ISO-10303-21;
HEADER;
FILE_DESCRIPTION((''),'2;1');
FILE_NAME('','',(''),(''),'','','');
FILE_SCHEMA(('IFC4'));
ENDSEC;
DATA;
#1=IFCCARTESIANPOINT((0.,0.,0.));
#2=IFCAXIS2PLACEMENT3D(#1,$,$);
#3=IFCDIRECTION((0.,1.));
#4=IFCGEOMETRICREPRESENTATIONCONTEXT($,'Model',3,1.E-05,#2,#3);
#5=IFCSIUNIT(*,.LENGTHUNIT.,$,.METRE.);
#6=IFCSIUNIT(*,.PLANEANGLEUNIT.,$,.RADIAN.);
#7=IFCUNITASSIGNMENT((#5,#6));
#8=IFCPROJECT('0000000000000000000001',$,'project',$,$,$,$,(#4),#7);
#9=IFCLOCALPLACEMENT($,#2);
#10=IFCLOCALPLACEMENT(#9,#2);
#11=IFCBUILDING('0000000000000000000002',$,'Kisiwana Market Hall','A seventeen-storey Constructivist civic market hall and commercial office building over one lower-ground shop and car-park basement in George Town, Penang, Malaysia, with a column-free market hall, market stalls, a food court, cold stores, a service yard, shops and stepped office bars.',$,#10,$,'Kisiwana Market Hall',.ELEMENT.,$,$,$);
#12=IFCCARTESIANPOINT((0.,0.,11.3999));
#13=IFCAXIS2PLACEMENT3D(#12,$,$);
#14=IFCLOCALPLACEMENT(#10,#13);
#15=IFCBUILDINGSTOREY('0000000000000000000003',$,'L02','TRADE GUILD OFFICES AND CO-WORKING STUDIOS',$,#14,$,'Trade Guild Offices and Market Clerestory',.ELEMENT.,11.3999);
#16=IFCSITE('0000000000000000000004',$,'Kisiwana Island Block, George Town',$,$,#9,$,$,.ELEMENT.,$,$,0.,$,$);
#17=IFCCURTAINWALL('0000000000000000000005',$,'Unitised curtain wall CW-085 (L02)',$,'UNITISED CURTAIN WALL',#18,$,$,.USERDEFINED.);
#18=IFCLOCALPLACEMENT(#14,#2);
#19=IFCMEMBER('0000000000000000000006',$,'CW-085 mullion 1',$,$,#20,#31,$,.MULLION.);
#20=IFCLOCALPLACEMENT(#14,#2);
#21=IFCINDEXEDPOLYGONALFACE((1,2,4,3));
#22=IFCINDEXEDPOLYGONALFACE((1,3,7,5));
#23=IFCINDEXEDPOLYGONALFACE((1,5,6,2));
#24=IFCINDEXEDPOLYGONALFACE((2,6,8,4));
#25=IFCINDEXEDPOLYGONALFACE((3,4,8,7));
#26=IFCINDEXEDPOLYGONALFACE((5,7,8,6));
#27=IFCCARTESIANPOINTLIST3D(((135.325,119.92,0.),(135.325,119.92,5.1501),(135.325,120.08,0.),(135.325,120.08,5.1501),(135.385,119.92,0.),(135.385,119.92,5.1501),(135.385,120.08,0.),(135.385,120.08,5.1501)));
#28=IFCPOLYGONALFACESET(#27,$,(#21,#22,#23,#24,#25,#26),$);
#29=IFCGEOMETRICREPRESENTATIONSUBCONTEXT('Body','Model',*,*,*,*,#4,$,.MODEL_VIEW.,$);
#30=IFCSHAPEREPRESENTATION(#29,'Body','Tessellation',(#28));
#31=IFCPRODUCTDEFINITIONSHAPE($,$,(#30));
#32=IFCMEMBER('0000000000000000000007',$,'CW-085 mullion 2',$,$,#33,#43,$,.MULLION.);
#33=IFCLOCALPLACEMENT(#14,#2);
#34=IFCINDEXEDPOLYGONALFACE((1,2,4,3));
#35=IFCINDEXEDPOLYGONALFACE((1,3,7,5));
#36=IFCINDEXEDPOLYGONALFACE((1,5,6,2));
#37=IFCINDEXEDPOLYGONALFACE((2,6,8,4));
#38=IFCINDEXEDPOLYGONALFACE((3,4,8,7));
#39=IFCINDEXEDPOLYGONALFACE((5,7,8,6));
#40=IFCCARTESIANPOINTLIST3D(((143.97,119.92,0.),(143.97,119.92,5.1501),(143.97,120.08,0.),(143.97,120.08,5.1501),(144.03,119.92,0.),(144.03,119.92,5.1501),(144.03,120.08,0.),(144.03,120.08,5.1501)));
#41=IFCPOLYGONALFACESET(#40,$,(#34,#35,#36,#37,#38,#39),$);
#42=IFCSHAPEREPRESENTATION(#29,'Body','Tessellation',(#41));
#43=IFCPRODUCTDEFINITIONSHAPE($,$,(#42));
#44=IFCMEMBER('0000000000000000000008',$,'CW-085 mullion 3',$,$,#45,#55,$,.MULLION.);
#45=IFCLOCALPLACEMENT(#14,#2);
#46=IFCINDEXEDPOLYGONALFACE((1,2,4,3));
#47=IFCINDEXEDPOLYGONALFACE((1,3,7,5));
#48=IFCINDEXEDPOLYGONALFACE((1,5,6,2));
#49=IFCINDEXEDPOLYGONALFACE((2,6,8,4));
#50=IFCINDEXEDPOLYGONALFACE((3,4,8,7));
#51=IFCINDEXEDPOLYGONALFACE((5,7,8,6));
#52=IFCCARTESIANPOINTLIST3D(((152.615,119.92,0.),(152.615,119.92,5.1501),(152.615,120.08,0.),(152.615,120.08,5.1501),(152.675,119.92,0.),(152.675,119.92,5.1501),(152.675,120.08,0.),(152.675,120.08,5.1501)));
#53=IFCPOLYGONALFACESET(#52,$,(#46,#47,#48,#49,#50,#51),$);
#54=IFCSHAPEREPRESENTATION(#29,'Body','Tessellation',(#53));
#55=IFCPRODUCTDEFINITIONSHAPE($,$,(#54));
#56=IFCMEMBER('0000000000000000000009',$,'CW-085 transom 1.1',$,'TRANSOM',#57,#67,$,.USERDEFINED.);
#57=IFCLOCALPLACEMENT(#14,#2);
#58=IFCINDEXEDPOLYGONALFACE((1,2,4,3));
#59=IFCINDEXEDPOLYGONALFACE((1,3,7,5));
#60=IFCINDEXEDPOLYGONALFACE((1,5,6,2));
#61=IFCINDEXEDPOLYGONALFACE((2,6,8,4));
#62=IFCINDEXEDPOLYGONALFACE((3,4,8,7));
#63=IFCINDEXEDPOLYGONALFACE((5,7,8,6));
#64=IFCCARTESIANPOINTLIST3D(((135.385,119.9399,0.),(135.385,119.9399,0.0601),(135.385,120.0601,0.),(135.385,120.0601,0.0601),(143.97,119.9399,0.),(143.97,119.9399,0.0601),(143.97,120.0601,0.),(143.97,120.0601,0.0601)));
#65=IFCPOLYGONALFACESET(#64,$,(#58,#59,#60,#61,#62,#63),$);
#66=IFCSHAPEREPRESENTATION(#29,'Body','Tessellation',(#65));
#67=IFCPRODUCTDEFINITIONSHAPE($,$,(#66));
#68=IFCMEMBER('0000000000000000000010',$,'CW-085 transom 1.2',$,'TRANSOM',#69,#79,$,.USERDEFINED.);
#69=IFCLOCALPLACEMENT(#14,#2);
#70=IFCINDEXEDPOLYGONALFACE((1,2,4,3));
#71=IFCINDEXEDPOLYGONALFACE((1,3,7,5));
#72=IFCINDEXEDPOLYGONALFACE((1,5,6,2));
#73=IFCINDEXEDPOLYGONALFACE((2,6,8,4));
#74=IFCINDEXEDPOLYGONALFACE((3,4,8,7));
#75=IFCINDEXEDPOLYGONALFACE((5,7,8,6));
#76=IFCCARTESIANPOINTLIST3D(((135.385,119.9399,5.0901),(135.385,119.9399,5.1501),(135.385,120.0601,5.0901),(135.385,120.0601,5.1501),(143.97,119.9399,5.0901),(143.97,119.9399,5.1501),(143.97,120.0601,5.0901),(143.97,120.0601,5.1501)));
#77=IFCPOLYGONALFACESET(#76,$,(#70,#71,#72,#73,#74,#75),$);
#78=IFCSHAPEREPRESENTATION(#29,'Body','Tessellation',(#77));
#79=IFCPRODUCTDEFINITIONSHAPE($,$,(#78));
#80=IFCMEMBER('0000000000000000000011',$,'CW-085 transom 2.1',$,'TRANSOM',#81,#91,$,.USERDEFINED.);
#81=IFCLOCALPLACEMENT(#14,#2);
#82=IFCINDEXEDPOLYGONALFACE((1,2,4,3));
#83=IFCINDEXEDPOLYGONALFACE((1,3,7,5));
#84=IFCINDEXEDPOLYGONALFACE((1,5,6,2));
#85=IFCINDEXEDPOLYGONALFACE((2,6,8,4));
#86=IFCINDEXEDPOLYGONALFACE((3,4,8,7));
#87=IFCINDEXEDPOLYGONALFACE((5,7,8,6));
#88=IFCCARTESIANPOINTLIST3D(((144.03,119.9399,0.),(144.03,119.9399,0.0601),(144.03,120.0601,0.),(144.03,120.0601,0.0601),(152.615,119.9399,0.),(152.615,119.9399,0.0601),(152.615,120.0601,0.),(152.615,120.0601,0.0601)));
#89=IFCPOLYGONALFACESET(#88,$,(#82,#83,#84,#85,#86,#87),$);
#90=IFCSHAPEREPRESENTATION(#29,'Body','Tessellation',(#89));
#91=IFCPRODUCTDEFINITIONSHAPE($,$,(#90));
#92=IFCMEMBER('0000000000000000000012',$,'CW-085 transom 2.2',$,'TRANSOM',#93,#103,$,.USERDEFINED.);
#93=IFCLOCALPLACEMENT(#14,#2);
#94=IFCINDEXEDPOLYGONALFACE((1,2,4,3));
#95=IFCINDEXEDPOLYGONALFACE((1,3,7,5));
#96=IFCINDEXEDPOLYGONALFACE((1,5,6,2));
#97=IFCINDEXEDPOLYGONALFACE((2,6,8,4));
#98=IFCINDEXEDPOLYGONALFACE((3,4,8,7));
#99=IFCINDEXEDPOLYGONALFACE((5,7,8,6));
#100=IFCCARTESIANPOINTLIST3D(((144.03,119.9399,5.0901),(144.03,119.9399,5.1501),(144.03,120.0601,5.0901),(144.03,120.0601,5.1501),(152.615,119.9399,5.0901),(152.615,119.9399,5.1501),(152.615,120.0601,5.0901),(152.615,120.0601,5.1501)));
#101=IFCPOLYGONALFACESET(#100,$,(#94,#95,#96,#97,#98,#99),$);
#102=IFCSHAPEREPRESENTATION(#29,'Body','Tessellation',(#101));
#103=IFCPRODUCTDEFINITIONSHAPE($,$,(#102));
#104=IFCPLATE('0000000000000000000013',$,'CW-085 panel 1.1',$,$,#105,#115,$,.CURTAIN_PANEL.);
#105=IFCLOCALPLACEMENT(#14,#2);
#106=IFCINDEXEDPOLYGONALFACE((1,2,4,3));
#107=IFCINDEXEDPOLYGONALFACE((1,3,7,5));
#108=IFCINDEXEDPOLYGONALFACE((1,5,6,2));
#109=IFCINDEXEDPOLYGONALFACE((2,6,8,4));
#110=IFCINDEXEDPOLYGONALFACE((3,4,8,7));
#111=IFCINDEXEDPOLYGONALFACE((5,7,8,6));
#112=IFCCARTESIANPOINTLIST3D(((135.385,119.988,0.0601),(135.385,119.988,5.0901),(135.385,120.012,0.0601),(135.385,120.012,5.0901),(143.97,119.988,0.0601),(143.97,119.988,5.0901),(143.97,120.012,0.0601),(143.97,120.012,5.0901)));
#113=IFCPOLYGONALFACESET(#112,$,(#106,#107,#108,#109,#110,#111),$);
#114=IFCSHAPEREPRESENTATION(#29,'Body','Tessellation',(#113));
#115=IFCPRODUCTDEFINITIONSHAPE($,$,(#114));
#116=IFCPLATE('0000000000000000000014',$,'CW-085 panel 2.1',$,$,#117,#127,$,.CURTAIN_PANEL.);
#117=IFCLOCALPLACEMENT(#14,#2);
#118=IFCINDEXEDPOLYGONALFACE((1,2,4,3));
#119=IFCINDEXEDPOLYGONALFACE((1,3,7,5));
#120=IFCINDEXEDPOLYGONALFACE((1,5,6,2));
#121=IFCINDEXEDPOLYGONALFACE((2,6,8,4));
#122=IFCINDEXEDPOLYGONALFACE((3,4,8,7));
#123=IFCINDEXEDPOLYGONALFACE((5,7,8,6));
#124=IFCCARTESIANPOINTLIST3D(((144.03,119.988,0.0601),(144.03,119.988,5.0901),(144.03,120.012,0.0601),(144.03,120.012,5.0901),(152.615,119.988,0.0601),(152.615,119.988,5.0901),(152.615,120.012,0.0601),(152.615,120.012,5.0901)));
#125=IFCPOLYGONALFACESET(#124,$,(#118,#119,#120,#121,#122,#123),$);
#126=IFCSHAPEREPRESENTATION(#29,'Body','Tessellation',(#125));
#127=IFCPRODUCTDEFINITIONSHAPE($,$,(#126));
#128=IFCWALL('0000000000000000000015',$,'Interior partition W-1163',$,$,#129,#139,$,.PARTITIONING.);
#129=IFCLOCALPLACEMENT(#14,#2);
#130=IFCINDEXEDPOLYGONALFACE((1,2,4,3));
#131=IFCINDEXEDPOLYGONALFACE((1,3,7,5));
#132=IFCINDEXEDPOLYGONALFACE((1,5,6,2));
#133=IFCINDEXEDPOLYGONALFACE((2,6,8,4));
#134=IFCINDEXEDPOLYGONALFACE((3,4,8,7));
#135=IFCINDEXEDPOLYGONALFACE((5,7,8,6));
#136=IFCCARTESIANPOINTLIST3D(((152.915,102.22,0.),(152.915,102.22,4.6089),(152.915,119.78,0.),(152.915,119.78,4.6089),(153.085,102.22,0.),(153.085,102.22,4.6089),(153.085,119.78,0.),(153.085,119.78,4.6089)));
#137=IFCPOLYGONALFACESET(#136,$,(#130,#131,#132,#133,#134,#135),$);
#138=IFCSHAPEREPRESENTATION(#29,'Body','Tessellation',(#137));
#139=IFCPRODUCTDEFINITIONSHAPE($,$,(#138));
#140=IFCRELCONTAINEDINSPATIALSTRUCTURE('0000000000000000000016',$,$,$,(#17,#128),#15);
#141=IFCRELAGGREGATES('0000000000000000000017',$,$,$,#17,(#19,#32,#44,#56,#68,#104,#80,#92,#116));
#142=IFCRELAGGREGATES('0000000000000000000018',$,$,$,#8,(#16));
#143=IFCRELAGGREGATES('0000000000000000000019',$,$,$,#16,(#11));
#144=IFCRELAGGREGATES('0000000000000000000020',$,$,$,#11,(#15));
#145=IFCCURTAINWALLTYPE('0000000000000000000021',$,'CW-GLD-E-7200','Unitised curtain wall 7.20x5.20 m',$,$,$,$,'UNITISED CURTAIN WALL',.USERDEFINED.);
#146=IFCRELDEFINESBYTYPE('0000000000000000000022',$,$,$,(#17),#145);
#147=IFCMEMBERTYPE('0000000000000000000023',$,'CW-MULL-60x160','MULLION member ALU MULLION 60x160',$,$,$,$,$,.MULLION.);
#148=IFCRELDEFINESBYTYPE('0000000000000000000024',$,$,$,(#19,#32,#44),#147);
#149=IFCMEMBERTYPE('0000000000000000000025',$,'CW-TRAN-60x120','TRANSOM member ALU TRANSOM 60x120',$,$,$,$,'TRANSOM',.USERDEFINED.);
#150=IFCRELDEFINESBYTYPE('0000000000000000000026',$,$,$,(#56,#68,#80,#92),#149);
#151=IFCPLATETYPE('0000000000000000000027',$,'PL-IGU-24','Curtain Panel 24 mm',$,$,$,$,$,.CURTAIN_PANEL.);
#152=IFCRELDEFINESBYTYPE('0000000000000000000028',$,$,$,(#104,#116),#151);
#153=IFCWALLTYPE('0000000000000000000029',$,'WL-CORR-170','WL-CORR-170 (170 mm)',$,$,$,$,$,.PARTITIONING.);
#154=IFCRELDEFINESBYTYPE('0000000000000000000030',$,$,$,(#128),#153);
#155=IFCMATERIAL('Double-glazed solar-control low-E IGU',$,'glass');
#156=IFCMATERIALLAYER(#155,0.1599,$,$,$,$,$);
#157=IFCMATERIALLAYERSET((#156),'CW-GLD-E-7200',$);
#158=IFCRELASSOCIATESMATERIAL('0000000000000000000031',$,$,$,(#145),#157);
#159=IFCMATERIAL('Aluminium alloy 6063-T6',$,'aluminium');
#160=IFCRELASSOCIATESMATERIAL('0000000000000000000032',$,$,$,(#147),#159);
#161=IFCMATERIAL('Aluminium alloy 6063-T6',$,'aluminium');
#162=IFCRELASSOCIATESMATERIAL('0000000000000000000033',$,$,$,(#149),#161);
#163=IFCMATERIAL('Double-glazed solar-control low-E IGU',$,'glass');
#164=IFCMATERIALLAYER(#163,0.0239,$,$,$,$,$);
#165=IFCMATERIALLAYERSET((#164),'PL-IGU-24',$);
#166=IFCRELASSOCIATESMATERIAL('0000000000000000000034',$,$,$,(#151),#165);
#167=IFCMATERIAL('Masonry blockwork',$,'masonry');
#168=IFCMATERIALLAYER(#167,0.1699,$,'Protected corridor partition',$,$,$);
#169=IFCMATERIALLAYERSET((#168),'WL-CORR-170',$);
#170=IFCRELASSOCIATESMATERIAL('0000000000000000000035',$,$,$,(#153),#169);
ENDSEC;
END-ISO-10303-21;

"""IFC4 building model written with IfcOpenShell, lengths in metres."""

from ifc_helpers import new_model, si_unit, direction, frame, frame_2d, origin, origin_2d, place, context, subcontext, project, spatial, rectangle, extrude, material, layer, layer_set, material_profile, profile_set, type_object, element, aggregate, save


model = new_model("IFC4")

# Units and contexts
model_context = context("Model", 3, precision=1e-05, world=origin(), true_north=direction((0.0, 1.0)))
body_context = subcontext(model_context, "Body", "Model", "MODEL_VIEW")
ifc_project = project(units=[si_unit("LENGTHUNIT", "METRE"), si_unit("PLANEANGLEUNIT", "RADIAN")], contexts=[model_context])

# Site, building, storey
site_placement = place(None, origin())
site = spatial("IfcSite", under=ifc_project, at=site_placement, Name="Kisiwana Island Block, George Town", CompositionType="ELEMENT", RefElevation=0.0)
building_placement = place(site_placement, origin())
building = spatial("IfcBuilding", under=site, at=building_placement, Name="Kisiwana Market Hall", Description="A seventeen-storey Constructivist civic market hall and commercial office building over one lower-ground shop and car-park basement in George Town, Penang, Malaysia, with a column-free market hall, market stalls, a food court, cold stores, a service yard, shops and stepped office bars.", LongName="Kisiwana Market Hall", CompositionType="ELEMENT")
storey_placement = place(building_placement, frame((0.0, 0.0, 11.3999)))
storey = spatial("IfcBuildingStorey", under=building, at=storey_placement, Name="L02", Description="TRADE GUILD OFFICES AND CO-WORKING STUDIOS", LongName="Trade Guild Offices and Market Clerestory", CompositionType="ELEMENT", Elevation=11.3999)

# Curtain wall, members, plates
ifc_material_1 = material(Name="Double-glazed solar-control low-E IGU", Category="glass")
ifc_layer_1 = layer(ifc_material_1, 0.1599)
ifc_layer_set_1 = layer_set([ifc_layer_1], Name="CW-GLD-E-7200")
curtain_wall_type = type_object("IfcCurtainWallType", Name="CW-GLD-E-7200", Description="Unitised curtain wall 7.20x5.20 m", ElementType="UNITISED CURTAIN WALL", PredefinedType="USERDEFINED", material=ifc_layer_set_1)
curtain_wall_placement = place(storey_placement, origin())
curtain_wall = element("IfcCurtainWall", 1, at=curtain_wall_placement, inside=storey, type_object=curtain_wall_type, Name="Unitised curtain wall CW-085 (L02)", ObjectType="UNITISED CURTAIN WALL", PredefinedType="USERDEFINED")
ifc_material_2 = material(Name="Aluminium alloy 6063-T6", Category="aluminium")
ifc_material_profile_1 = material_profile(ifc_material_2, rectangle(XDim=0.0601, YDim=0.1599, at=origin_2d()), Name="ALU MULLION 60x160")
ifc_profile_set_1 = profile_set([ifc_material_profile_1], Name="Aluminium alloy 6063-T6")
member_type_1 = type_object("IfcMemberType", Name="CW-MULL-60x160", Description="MULLION member ALU MULLION 60x160", PredefinedType="MULLION", material=ifc_profile_set_1)
member_1_placement = place(storey_placement, frame((135.355, 120.0, 0.0), z_axis=(0.0, 0.0, 1.0), x_axis=(1.0, 0.0, 0.0)))
member_1 = element("IfcMember", 2, at=member_1_placement, type_object=member_type_1, Name="CW-085 mullion 1", PredefinedType="MULLION", context=body_context, shape_type="SweptSolid", body=[
    extrude(rectangle(XDim=0.0601, YDim=0.1599, at=origin_2d()), origin(), (0.0, 0.0, 1.0), 5.1501),
])
member_2_placement = place(storey_placement, frame((144.0, 120.0, 0.0), z_axis=(0.0, 0.0, 1.0), x_axis=(1.0, 0.0, 0.0)))
member_2 = element("IfcMember", 3, at=member_2_placement, type_object=member_type_1, Name="CW-085 mullion 2", PredefinedType="MULLION", context=body_context, shape_type="SweptSolid", body=[
    extrude(rectangle(XDim=0.0601, YDim=0.1599, at=origin_2d()), origin(), (0.0, 0.0, 1.0), 5.1501),
])
member_3_placement = place(storey_placement, frame((152.645, 120.0, 0.0), z_axis=(0.0, 0.0, 1.0), x_axis=(1.0, 0.0, 0.0)))
member_3 = element("IfcMember", 4, at=member_3_placement, type_object=member_type_1, Name="CW-085 mullion 3", PredefinedType="MULLION", context=body_context, shape_type="SweptSolid", body=[
    extrude(rectangle(XDim=0.0601, YDim=0.1599, at=origin_2d()), origin(), (0.0, 0.0, 1.0), 5.1501),
])
ifc_material_3 = material(Name="Aluminium alloy 6063-T6", Category="aluminium")
ifc_material_profile_2 = material_profile(ifc_material_3, rectangle(XDim=0.1201, YDim=0.0601, at=origin_2d()), Name="ALU TRANSOM 60x120")
ifc_profile_set_2 = profile_set([ifc_material_profile_2], Name="Aluminium alloy 6063-T6")
member_type_2 = type_object("IfcMemberType", Name="CW-TRAN-60x120", Description="TRANSOM member ALU TRANSOM 60x120", ElementType="TRANSOM", PredefinedType="USERDEFINED", material=ifc_profile_set_2)
member_4_placement = place(storey_placement, frame((135.385, 120.0, 0.03), z_axis=(1.0, 0.0, 0.0), x_axis=(0.0, 1.0, 0.0)))
member_4 = element("IfcMember", 5, at=member_4_placement, type_object=member_type_2, Name="CW-085 transom 1.1", ObjectType="TRANSOM", PredefinedType="USERDEFINED", context=body_context, shape_type="SweptSolid", body=[
    extrude(rectangle(XDim=0.1201, YDim=0.0601, at=origin_2d()), origin(), (0.0, 0.0, 1.0), 8.585),
])
member_5_placement = place(storey_placement, frame((135.385, 120.0, 5.1201), z_axis=(1.0, 0.0, 0.0), x_axis=(0.0, 1.0, 0.0)))
member_5 = element("IfcMember", 6, at=member_5_placement, type_object=member_type_2, Name="CW-085 transom 1.2", ObjectType="TRANSOM", PredefinedType="USERDEFINED", context=body_context, shape_type="SweptSolid", body=[
    extrude(rectangle(XDim=0.1201, YDim=0.0601, at=origin_2d()), origin(), (0.0, 0.0, 1.0), 8.585),
])
member_6_placement = place(storey_placement, frame((144.03, 120.0, 0.03), z_axis=(1.0, 0.0, 0.0), x_axis=(0.0, 1.0, 0.0)))
member_6 = element("IfcMember", 7, at=member_6_placement, type_object=member_type_2, Name="CW-085 transom 2.1", ObjectType="TRANSOM", PredefinedType="USERDEFINED", context=body_context, shape_type="SweptSolid", body=[
    extrude(rectangle(XDim=0.1201, YDim=0.0601, at=origin_2d()), origin(), (0.0, 0.0, 1.0), 8.585),
])
member_7_placement = place(storey_placement, frame((144.03, 120.0, 5.1201), z_axis=(1.0, 0.0, 0.0), x_axis=(0.0, 1.0, 0.0)))
member_7 = element("IfcMember", 8, at=member_7_placement, type_object=member_type_2, Name="CW-085 transom 2.2", ObjectType="TRANSOM", PredefinedType="USERDEFINED", context=body_context, shape_type="SweptSolid", body=[
    extrude(rectangle(XDim=0.1201, YDim=0.0601, at=origin_2d()), origin(), (0.0, 0.0, 1.0), 8.585),
])
ifc_material_4 = material(Name="Double-glazed solar-control low-E IGU", Category="glass")
ifc_layer_2 = layer(ifc_material_4, 0.0239)
ifc_layer_set_2 = layer_set([ifc_layer_2], Name="PL-IGU-24")
plate_type = type_object("IfcPlateType", Name="PL-IGU-24", Description="Curtain Panel 24 mm", PredefinedType="CURTAIN_PANEL", material=ifc_layer_set_2)
plate_1_placement = place(storey_placement, frame((139.6775, 120.0, 0.0601), z_axis=(0.0, 0.0, 1.0), x_axis=(1.0, 0.0, 0.0)))
plate_1 = element("IfcPlate", 9, at=plate_1_placement, type_object=plate_type, Name="CW-085 panel 1.1", PredefinedType="CURTAIN_PANEL", context=body_context, shape_type="SweptSolid", body=[
    extrude(rectangle(XDim=8.585, YDim=0.0239, at=origin_2d()), origin(), (0.0, 0.0, 1.0), 5.03),
])
plate_2_placement = place(storey_placement, frame((148.3225, 120.0, 0.0601), z_axis=(0.0, 0.0, 1.0), x_axis=(1.0, 0.0, 0.0)))
plate_2 = element("IfcPlate", 10, at=plate_2_placement, type_object=plate_type, Name="CW-085 panel 2.1", PredefinedType="CURTAIN_PANEL", context=body_context, shape_type="SweptSolid", body=[
    extrude(rectangle(XDim=8.585, YDim=0.0239, at=origin_2d()), origin(), (0.0, 0.0, 1.0), 5.03),
])
aggregate(curtain_wall, [member_1, member_2, member_3, member_4, member_5, plate_1, member_6, member_7, plate_2])

# Wall
ifc_material_5 = material(Name="Masonry blockwork", Category="masonry")
ifc_layer_3 = layer(ifc_material_5, 0.1699, Name="Protected corridor partition")
ifc_layer_set_3 = layer_set([ifc_layer_3], Name="WL-CORR-170")
wall_type = type_object("IfcWallType", Name="WL-CORR-170", Description="WL-CORR-170 (170 mm)", PredefinedType="PARTITIONING", material=ifc_layer_set_3)
wall_placement = place(storey_placement, frame((153.0, 102.22, 0.0), z_axis=(0.0, 0.0, 1.0), x_axis=(0.0, 1.0, 0.0)))
element("IfcWall", 11, at=wall_placement, inside=storey, type_object=wall_type, Name="Interior partition W-1163", PredefinedType="PARTITIONING", context=body_context, shape_type="SweptSolid", body=[
    extrude(rectangle(XDim=17.5601, YDim=0.1699, at=frame_2d((8.78, 0.0))), origin(), (0.0, 0.0, 1.0), 4.6089),
])

save(model, "model.ifc")
